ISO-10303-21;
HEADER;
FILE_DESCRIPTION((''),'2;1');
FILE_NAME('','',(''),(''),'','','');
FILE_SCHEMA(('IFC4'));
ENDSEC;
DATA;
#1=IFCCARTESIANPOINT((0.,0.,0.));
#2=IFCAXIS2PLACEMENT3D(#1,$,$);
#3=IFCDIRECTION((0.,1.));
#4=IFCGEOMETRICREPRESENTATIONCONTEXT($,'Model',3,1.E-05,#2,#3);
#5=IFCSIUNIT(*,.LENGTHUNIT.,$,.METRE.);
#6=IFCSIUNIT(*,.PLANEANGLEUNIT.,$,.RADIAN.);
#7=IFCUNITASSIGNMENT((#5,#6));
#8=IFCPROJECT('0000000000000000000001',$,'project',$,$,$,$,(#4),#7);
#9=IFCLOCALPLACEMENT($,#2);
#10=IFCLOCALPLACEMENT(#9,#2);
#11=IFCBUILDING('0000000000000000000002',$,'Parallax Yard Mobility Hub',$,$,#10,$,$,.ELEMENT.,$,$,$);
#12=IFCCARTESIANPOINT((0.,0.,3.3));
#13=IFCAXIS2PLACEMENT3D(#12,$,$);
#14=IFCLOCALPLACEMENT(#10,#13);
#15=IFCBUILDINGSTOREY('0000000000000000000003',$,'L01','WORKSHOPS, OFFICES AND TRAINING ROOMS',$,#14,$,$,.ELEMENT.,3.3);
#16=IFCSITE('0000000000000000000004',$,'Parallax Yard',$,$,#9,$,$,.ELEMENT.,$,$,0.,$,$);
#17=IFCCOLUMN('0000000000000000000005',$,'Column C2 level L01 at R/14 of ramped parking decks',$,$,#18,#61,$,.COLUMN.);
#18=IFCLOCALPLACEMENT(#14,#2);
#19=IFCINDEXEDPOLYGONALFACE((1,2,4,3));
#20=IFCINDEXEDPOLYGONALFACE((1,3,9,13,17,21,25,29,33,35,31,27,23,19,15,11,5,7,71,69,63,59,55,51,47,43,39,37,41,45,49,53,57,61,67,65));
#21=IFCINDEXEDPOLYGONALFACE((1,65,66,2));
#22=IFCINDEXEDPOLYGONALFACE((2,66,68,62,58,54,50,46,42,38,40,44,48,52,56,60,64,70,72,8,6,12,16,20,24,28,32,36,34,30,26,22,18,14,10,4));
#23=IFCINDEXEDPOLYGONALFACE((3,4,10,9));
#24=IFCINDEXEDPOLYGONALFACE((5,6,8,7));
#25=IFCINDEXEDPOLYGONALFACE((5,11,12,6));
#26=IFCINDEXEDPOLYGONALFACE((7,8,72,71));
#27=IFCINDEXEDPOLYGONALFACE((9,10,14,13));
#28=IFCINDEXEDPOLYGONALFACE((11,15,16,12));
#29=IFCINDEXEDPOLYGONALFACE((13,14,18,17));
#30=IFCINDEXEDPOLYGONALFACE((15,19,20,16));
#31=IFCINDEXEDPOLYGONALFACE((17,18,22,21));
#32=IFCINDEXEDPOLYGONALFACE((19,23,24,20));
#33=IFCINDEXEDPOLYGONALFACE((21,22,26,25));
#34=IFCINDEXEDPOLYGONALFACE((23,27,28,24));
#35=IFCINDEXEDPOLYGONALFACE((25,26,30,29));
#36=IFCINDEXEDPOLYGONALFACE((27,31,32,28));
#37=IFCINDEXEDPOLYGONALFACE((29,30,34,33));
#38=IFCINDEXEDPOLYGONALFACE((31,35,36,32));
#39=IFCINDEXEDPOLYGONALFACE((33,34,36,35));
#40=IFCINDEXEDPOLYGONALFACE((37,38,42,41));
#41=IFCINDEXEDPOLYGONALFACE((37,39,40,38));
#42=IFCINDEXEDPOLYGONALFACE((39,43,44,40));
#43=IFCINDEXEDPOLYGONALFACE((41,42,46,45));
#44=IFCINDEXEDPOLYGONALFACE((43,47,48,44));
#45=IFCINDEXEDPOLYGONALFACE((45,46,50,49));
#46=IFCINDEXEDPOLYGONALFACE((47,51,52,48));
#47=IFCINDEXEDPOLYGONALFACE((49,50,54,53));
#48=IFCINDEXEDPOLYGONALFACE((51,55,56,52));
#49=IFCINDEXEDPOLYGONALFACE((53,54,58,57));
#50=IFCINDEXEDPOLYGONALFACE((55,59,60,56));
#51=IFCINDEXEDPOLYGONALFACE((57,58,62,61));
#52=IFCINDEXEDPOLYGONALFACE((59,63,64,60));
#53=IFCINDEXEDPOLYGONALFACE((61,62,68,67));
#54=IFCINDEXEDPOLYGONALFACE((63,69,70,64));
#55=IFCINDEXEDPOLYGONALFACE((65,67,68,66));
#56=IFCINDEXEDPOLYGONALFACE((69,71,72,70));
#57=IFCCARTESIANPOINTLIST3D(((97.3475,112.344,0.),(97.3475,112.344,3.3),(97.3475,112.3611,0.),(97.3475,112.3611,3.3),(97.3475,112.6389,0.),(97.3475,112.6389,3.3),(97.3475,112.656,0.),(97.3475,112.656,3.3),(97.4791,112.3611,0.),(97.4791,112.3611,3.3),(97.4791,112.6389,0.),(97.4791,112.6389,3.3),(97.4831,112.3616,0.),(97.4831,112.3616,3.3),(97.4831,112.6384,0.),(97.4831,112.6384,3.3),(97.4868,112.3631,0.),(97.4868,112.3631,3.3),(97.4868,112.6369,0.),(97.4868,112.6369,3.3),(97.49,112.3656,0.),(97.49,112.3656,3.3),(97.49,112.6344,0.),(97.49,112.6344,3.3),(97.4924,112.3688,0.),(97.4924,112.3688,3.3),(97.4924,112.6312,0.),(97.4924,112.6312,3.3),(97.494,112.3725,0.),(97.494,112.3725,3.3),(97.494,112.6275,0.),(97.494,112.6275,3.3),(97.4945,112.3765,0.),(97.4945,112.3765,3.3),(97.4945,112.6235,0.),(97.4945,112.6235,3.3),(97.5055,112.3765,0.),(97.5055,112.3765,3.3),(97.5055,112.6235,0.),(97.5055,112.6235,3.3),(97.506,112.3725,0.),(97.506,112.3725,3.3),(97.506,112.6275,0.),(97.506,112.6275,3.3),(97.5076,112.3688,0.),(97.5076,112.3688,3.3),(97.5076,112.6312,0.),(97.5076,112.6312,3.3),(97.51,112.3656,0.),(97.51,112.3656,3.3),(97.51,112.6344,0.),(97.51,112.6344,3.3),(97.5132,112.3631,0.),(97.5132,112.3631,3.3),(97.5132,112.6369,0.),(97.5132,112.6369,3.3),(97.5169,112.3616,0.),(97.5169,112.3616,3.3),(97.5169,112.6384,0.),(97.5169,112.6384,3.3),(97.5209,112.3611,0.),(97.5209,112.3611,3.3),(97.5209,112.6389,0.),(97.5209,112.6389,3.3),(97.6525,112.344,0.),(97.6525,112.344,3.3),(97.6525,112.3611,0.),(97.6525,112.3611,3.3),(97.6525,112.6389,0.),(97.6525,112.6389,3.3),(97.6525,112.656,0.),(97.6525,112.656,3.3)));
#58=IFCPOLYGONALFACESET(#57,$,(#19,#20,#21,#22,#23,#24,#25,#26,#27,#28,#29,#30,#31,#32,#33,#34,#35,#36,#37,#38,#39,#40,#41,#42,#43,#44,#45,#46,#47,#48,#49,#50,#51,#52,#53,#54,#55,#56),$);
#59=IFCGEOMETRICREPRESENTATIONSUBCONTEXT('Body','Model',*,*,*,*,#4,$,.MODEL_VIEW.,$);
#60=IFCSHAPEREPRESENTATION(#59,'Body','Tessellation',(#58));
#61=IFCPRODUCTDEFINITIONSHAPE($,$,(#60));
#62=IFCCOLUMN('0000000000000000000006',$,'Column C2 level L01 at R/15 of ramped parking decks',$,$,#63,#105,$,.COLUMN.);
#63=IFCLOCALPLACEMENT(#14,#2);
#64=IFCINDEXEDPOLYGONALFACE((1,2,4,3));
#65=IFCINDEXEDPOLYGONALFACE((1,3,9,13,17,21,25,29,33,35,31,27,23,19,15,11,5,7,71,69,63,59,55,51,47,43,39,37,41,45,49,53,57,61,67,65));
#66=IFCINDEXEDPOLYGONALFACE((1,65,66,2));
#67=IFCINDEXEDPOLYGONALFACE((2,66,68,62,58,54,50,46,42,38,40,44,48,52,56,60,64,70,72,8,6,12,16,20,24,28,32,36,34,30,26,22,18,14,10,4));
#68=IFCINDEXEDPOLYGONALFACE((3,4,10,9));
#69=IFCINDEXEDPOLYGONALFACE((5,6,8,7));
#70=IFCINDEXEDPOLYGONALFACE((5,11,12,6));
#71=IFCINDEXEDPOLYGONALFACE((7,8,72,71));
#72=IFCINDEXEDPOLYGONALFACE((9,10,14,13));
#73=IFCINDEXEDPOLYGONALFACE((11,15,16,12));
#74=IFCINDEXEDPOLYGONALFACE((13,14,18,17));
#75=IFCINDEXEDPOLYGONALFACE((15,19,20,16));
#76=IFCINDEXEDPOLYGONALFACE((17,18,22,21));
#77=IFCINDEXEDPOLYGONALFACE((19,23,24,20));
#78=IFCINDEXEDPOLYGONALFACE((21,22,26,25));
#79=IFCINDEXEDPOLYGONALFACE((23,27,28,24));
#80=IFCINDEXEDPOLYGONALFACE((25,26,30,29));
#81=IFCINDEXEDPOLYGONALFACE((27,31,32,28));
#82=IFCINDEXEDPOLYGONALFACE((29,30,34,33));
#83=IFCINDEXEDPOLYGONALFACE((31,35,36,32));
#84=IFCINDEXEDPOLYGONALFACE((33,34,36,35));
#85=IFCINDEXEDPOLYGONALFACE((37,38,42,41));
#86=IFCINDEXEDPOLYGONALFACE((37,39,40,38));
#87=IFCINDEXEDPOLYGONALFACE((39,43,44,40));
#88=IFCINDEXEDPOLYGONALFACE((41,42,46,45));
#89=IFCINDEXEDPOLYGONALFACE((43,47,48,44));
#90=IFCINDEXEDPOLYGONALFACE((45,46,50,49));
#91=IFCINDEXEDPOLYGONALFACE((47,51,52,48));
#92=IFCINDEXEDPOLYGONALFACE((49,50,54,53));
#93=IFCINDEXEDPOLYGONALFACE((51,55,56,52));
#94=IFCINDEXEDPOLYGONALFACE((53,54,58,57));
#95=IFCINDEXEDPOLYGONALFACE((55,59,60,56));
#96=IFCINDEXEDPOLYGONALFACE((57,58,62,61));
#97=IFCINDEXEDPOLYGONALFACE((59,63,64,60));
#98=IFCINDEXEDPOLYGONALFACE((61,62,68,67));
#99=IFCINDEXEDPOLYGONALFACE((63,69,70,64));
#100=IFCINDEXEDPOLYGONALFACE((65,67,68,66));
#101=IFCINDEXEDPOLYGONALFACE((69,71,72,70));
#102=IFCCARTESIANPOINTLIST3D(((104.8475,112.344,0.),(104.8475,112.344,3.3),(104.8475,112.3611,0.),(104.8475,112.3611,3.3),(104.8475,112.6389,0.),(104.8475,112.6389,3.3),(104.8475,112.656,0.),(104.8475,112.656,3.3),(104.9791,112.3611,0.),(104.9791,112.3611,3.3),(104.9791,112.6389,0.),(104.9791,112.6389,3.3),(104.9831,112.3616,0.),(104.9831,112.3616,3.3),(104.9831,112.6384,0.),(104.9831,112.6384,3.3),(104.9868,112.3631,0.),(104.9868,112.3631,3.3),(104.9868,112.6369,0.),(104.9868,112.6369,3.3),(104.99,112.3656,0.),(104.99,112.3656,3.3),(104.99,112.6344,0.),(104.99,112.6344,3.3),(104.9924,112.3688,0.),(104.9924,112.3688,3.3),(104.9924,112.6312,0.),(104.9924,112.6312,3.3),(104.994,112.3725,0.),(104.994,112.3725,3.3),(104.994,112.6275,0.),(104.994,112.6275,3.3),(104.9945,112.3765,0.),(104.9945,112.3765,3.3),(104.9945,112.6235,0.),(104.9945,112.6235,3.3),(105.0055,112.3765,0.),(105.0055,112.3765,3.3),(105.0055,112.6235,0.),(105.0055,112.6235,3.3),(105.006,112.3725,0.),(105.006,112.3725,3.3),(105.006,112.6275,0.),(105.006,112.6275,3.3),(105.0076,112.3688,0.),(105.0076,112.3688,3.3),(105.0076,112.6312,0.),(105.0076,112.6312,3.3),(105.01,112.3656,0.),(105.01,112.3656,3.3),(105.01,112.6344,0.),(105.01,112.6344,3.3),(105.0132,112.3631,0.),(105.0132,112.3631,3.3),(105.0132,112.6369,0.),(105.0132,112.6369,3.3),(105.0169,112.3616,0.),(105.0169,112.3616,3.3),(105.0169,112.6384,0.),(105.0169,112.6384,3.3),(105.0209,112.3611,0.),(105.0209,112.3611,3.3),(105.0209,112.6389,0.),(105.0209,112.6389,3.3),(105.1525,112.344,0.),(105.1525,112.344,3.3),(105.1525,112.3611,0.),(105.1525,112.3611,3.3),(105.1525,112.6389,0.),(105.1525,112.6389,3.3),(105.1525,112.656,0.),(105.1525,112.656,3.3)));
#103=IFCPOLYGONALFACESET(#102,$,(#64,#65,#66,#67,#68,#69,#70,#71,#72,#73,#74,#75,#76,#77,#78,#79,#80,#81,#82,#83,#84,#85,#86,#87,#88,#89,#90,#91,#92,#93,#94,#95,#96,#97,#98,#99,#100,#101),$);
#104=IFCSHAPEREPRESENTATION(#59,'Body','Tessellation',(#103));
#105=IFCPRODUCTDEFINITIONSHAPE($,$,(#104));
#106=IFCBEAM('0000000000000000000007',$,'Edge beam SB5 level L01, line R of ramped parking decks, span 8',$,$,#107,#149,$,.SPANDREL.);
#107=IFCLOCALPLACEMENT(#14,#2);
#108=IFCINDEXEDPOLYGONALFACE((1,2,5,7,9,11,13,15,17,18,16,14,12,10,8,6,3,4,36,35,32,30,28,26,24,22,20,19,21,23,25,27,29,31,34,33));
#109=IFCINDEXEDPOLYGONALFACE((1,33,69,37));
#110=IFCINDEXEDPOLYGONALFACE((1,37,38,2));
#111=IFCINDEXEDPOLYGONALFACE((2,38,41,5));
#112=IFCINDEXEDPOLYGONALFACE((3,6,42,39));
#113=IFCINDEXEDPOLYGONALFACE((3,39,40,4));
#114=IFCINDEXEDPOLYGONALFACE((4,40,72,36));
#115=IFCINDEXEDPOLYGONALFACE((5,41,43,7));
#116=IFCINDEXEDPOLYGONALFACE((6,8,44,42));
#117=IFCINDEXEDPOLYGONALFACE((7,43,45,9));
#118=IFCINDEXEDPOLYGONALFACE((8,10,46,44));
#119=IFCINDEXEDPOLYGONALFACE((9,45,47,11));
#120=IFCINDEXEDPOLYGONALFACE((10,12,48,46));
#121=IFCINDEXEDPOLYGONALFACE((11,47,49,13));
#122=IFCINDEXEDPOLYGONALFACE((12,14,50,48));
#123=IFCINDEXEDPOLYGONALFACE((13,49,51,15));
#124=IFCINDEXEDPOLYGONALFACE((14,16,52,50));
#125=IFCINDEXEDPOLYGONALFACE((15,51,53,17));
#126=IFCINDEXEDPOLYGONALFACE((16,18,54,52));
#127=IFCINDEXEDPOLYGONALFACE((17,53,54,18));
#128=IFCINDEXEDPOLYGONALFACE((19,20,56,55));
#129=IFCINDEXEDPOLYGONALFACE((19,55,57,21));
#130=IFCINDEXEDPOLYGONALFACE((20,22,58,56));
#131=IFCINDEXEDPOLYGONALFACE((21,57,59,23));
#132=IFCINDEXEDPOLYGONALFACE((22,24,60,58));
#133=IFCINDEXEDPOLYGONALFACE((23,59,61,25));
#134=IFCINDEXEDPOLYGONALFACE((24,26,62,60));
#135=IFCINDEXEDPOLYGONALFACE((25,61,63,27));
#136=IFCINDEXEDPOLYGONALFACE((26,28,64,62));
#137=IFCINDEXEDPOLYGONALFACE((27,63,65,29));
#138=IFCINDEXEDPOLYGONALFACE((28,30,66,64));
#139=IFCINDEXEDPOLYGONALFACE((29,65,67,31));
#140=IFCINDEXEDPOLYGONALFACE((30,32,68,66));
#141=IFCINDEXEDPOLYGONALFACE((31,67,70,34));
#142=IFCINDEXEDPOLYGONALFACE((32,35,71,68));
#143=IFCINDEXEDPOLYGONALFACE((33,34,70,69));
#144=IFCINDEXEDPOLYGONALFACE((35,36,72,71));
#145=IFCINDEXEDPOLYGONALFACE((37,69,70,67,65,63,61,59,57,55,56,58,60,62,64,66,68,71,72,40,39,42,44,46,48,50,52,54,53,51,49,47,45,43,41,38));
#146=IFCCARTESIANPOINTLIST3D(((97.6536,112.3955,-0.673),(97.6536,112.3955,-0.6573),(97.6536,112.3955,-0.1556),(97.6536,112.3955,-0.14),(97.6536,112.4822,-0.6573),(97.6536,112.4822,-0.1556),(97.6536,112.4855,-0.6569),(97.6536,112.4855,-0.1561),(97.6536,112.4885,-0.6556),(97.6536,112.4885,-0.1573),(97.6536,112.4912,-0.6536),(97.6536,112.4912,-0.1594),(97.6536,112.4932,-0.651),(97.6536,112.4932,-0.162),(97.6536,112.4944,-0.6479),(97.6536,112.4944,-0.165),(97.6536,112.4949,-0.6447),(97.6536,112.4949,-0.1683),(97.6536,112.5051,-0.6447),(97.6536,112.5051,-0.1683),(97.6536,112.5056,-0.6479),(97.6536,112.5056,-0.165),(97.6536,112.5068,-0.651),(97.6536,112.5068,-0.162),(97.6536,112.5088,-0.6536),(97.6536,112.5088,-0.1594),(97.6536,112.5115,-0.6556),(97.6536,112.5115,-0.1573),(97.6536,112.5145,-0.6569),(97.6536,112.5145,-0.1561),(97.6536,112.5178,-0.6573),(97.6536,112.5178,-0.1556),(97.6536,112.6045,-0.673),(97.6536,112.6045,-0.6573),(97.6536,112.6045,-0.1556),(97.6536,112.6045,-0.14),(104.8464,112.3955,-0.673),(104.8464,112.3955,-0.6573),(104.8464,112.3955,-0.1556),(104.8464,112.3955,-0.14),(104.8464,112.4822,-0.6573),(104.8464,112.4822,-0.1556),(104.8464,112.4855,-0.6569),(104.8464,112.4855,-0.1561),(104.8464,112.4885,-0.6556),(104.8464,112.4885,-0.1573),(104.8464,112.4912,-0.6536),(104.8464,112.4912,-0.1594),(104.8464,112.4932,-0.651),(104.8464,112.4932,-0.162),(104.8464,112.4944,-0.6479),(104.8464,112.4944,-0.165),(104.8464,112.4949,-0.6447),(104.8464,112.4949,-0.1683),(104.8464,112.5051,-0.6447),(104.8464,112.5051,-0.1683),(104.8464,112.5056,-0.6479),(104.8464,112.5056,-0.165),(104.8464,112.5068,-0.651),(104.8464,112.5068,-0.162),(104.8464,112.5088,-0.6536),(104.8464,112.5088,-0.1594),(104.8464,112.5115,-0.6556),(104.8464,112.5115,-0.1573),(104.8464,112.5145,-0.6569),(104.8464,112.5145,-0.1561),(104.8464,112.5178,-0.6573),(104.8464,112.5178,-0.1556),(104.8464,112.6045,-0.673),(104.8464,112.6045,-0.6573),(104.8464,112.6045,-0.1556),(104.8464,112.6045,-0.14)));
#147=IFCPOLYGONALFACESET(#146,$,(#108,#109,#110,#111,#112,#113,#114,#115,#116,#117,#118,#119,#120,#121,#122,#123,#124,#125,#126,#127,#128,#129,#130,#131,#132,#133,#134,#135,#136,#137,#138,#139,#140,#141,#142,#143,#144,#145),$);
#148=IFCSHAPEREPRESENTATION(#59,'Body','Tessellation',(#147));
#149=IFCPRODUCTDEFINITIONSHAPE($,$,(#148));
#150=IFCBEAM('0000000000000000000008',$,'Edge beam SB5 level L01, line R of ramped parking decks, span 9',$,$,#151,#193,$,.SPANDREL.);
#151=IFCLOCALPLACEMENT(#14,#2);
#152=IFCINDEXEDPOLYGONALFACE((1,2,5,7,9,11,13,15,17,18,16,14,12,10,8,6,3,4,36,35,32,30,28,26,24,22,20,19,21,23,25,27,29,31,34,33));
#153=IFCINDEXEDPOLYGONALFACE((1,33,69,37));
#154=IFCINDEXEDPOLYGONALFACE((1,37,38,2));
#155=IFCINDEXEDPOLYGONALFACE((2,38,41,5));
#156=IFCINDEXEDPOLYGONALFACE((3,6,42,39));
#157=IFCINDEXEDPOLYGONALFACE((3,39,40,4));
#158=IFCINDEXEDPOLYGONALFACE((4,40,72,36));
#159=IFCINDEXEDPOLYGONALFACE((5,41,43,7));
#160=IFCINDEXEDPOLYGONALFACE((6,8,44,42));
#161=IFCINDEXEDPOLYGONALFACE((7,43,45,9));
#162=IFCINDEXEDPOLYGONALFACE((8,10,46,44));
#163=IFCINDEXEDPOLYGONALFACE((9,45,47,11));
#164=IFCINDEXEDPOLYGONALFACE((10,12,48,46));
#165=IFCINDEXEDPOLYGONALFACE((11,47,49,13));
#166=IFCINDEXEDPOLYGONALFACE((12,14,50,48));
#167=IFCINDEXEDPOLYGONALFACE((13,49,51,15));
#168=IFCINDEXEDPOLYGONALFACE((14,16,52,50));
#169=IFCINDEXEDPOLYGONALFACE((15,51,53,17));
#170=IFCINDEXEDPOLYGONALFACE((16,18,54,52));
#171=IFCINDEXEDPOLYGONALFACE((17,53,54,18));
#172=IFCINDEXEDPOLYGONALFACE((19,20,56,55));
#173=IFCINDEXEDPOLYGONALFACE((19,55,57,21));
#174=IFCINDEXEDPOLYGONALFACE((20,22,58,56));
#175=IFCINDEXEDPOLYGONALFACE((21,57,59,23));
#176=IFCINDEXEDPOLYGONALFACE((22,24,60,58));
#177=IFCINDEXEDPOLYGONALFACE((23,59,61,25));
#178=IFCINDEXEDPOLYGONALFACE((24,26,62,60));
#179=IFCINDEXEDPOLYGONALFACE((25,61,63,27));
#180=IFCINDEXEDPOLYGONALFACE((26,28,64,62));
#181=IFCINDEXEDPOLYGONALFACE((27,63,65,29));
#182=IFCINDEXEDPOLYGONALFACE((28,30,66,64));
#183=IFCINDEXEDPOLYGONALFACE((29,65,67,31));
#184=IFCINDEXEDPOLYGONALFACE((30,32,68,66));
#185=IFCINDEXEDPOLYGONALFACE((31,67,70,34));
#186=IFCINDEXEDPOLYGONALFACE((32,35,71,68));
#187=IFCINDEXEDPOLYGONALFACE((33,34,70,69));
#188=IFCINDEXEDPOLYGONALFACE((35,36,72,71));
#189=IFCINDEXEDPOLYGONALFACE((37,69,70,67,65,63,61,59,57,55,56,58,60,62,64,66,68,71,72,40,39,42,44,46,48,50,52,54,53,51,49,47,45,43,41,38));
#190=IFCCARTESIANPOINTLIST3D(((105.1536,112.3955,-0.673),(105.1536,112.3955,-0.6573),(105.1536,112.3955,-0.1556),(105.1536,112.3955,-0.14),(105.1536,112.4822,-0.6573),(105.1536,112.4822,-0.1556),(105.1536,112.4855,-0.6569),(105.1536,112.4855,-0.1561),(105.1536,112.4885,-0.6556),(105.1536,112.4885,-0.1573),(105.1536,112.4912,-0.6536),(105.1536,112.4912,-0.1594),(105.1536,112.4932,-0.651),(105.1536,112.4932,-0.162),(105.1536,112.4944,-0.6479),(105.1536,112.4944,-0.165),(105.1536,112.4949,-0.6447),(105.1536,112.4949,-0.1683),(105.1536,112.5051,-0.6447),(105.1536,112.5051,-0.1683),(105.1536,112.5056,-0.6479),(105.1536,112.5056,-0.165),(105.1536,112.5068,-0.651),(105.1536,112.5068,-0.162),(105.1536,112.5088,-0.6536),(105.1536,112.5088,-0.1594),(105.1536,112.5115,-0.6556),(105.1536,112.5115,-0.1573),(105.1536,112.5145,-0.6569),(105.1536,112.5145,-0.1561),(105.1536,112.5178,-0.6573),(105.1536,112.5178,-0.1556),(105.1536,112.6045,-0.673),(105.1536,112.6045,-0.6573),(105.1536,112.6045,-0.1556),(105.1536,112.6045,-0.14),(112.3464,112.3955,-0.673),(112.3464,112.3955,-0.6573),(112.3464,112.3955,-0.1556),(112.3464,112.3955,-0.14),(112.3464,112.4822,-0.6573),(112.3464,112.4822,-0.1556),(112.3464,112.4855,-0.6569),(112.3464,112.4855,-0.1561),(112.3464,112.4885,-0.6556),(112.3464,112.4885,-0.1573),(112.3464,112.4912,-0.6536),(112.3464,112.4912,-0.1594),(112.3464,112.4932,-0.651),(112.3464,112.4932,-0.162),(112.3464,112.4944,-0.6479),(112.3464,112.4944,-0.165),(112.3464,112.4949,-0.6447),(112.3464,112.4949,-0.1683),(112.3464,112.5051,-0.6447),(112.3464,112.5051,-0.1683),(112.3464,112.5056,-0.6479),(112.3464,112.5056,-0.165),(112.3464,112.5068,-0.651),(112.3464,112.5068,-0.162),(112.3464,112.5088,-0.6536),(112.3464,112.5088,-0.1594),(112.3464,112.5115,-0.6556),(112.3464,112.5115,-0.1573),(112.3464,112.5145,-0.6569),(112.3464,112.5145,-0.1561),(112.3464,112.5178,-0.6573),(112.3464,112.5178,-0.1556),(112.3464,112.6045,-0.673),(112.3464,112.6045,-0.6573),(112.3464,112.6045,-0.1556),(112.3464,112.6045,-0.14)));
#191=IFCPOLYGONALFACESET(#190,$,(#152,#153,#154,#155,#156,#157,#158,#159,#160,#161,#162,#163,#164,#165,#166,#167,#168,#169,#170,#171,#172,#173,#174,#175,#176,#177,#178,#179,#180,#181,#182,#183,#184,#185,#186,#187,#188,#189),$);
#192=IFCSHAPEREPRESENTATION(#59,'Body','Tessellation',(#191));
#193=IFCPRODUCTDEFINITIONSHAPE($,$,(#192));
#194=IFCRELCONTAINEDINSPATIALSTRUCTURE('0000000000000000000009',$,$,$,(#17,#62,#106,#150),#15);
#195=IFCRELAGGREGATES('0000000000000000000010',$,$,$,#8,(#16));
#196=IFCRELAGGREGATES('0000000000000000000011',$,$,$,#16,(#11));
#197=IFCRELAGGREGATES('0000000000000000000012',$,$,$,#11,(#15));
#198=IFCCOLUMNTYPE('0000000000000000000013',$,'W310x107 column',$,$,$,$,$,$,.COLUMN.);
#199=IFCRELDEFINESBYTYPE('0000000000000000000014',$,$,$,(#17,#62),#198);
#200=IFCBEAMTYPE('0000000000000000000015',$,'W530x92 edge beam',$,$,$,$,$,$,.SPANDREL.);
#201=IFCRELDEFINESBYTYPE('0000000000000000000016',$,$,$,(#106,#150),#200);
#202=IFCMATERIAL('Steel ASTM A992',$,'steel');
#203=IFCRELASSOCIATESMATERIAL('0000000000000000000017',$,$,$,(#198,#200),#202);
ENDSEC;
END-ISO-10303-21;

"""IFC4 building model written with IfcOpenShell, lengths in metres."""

from ifc_helpers import new_model, si_unit, direction, frame, origin, origin_2d, place, context, subcontext, project, spatial, i_section, extrude, material, material_profile, profile_set, type_object, element, save


model = new_model("IFC4")

# Units and contexts
model_context = context("Model", 3, precision=1e-05, world=origin(), true_north=direction((0.0, 1.0)))
body_context = subcontext(model_context, "Body", "Model", "MODEL_VIEW")
ifc_project = project(units=[si_unit("LENGTHUNIT", "METRE"), si_unit("PLANEANGLEUNIT", "RADIAN")], contexts=[model_context])

# Site, building, storey
site_placement = place(None, origin())
site = spatial("IfcSite", under=ifc_project, at=site_placement, Name="Parallax Yard", CompositionType="ELEMENT", RefElevation=0.0)
building_placement = place(site_placement, origin())
building = spatial("IfcBuilding", under=site, at=building_placement, Name="Parallax Yard Mobility Hub", CompositionType="ELEMENT")
storey_placement = place(building_placement, frame((0.0, 0.0, 3.3)))
storey = spatial("IfcBuildingStorey", under=building, at=storey_placement, Name="L01", Description="WORKSHOPS, OFFICES AND TRAINING ROOMS", CompositionType="ELEMENT", Elevation=3.3)

# Columns
ifc_material_1 = material(Name="Steel ASTM A992", Category="steel")
ifc_material_profile_1 = material_profile(ifc_material_1, i_section(OverallWidth=0.3049, OverallDepth=0.312, WebThickness=0.011, FlangeThickness=0.0171, FilletRadius=0.0154, at=origin_2d()), Name="W310x107")
ifc_profile_set_1 = profile_set([ifc_material_profile_1], Name="Steel ASTM A992")
column_type = type_object("IfcColumnType", Name="W310x107 column", PredefinedType="COLUMN", material=ifc_profile_set_1)
for number, where, z_axis, x_axis, name in (
    (1, (97.5, 112.5, 0.0), (0.0, 0.0, 1.0), (1.0, 0.0, 0.0), "Column C2 level L01 at R/14 of ramped parking decks"),
    (2, (105.0, 112.5, 0.0), (0.0, 0.0, 1.0), (1.0, 0.0, 0.0), "Column C2 level L01 at R/15 of ramped parking decks"),
):
    element("IfcColumn", number, at=place(storey_placement, frame(where, z_axis=z_axis, x_axis=x_axis)), inside=storey, type_object=column_type, Name=name, PredefinedType="COLUMN", context=body_context, shape_type="SweptSolid", body=[
        extrude(i_section(OverallWidth=0.3049, OverallDepth=0.312, WebThickness=0.011, FlangeThickness=0.0171, FilletRadius=0.0154, at=origin_2d()), origin(), (0.0, 0.0, 1.0), 3.3),
    ])

# Beams
ifc_material_profile_2 = material_profile(ifc_material_1, i_section(OverallWidth=0.209, OverallDepth=0.533, WebThickness=0.0103, FlangeThickness=0.0156, FilletRadius=0.0127, at=origin_2d()), Name="W530x92")
ifc_profile_set_2 = profile_set([ifc_material_profile_2], Name="Steel ASTM A992")
beam_type_1 = type_object("IfcBeamType", Name="W530x92 edge beam", PredefinedType="SPANDREL", material=ifc_profile_set_2)
for number, where, z_axis, x_axis, name in (
    (3, (97.6536, 112.5, -0.4065), (1.0, 0.0, 0.0), (0.0, 1.0, 0.0), "Edge beam SB5 level L01, line R of ramped parking decks, span 8"),
    (4, (105.1536, 112.5, -0.4065), (1.0, 0.0, 0.0), (0.0, 1.0, 0.0), "Edge beam SB5 level L01, line R of ramped parking decks, span 9"),
):
    element("IfcBeam", number, at=place(storey_placement, frame(where, z_axis=z_axis, x_axis=x_axis)), inside=storey, type_object=beam_type_1, Name=name, PredefinedType="SPANDREL", context=body_context, shape_type="SweptSolid", body=[
        extrude(i_section(OverallWidth=0.209, OverallDepth=0.533, WebThickness=0.0103, FlangeThickness=0.0156, FilletRadius=0.0127, at=origin_2d()), origin(), (0.0, 0.0, 1.0), 7.1929),
    ])

save(model, "model.ifc")
